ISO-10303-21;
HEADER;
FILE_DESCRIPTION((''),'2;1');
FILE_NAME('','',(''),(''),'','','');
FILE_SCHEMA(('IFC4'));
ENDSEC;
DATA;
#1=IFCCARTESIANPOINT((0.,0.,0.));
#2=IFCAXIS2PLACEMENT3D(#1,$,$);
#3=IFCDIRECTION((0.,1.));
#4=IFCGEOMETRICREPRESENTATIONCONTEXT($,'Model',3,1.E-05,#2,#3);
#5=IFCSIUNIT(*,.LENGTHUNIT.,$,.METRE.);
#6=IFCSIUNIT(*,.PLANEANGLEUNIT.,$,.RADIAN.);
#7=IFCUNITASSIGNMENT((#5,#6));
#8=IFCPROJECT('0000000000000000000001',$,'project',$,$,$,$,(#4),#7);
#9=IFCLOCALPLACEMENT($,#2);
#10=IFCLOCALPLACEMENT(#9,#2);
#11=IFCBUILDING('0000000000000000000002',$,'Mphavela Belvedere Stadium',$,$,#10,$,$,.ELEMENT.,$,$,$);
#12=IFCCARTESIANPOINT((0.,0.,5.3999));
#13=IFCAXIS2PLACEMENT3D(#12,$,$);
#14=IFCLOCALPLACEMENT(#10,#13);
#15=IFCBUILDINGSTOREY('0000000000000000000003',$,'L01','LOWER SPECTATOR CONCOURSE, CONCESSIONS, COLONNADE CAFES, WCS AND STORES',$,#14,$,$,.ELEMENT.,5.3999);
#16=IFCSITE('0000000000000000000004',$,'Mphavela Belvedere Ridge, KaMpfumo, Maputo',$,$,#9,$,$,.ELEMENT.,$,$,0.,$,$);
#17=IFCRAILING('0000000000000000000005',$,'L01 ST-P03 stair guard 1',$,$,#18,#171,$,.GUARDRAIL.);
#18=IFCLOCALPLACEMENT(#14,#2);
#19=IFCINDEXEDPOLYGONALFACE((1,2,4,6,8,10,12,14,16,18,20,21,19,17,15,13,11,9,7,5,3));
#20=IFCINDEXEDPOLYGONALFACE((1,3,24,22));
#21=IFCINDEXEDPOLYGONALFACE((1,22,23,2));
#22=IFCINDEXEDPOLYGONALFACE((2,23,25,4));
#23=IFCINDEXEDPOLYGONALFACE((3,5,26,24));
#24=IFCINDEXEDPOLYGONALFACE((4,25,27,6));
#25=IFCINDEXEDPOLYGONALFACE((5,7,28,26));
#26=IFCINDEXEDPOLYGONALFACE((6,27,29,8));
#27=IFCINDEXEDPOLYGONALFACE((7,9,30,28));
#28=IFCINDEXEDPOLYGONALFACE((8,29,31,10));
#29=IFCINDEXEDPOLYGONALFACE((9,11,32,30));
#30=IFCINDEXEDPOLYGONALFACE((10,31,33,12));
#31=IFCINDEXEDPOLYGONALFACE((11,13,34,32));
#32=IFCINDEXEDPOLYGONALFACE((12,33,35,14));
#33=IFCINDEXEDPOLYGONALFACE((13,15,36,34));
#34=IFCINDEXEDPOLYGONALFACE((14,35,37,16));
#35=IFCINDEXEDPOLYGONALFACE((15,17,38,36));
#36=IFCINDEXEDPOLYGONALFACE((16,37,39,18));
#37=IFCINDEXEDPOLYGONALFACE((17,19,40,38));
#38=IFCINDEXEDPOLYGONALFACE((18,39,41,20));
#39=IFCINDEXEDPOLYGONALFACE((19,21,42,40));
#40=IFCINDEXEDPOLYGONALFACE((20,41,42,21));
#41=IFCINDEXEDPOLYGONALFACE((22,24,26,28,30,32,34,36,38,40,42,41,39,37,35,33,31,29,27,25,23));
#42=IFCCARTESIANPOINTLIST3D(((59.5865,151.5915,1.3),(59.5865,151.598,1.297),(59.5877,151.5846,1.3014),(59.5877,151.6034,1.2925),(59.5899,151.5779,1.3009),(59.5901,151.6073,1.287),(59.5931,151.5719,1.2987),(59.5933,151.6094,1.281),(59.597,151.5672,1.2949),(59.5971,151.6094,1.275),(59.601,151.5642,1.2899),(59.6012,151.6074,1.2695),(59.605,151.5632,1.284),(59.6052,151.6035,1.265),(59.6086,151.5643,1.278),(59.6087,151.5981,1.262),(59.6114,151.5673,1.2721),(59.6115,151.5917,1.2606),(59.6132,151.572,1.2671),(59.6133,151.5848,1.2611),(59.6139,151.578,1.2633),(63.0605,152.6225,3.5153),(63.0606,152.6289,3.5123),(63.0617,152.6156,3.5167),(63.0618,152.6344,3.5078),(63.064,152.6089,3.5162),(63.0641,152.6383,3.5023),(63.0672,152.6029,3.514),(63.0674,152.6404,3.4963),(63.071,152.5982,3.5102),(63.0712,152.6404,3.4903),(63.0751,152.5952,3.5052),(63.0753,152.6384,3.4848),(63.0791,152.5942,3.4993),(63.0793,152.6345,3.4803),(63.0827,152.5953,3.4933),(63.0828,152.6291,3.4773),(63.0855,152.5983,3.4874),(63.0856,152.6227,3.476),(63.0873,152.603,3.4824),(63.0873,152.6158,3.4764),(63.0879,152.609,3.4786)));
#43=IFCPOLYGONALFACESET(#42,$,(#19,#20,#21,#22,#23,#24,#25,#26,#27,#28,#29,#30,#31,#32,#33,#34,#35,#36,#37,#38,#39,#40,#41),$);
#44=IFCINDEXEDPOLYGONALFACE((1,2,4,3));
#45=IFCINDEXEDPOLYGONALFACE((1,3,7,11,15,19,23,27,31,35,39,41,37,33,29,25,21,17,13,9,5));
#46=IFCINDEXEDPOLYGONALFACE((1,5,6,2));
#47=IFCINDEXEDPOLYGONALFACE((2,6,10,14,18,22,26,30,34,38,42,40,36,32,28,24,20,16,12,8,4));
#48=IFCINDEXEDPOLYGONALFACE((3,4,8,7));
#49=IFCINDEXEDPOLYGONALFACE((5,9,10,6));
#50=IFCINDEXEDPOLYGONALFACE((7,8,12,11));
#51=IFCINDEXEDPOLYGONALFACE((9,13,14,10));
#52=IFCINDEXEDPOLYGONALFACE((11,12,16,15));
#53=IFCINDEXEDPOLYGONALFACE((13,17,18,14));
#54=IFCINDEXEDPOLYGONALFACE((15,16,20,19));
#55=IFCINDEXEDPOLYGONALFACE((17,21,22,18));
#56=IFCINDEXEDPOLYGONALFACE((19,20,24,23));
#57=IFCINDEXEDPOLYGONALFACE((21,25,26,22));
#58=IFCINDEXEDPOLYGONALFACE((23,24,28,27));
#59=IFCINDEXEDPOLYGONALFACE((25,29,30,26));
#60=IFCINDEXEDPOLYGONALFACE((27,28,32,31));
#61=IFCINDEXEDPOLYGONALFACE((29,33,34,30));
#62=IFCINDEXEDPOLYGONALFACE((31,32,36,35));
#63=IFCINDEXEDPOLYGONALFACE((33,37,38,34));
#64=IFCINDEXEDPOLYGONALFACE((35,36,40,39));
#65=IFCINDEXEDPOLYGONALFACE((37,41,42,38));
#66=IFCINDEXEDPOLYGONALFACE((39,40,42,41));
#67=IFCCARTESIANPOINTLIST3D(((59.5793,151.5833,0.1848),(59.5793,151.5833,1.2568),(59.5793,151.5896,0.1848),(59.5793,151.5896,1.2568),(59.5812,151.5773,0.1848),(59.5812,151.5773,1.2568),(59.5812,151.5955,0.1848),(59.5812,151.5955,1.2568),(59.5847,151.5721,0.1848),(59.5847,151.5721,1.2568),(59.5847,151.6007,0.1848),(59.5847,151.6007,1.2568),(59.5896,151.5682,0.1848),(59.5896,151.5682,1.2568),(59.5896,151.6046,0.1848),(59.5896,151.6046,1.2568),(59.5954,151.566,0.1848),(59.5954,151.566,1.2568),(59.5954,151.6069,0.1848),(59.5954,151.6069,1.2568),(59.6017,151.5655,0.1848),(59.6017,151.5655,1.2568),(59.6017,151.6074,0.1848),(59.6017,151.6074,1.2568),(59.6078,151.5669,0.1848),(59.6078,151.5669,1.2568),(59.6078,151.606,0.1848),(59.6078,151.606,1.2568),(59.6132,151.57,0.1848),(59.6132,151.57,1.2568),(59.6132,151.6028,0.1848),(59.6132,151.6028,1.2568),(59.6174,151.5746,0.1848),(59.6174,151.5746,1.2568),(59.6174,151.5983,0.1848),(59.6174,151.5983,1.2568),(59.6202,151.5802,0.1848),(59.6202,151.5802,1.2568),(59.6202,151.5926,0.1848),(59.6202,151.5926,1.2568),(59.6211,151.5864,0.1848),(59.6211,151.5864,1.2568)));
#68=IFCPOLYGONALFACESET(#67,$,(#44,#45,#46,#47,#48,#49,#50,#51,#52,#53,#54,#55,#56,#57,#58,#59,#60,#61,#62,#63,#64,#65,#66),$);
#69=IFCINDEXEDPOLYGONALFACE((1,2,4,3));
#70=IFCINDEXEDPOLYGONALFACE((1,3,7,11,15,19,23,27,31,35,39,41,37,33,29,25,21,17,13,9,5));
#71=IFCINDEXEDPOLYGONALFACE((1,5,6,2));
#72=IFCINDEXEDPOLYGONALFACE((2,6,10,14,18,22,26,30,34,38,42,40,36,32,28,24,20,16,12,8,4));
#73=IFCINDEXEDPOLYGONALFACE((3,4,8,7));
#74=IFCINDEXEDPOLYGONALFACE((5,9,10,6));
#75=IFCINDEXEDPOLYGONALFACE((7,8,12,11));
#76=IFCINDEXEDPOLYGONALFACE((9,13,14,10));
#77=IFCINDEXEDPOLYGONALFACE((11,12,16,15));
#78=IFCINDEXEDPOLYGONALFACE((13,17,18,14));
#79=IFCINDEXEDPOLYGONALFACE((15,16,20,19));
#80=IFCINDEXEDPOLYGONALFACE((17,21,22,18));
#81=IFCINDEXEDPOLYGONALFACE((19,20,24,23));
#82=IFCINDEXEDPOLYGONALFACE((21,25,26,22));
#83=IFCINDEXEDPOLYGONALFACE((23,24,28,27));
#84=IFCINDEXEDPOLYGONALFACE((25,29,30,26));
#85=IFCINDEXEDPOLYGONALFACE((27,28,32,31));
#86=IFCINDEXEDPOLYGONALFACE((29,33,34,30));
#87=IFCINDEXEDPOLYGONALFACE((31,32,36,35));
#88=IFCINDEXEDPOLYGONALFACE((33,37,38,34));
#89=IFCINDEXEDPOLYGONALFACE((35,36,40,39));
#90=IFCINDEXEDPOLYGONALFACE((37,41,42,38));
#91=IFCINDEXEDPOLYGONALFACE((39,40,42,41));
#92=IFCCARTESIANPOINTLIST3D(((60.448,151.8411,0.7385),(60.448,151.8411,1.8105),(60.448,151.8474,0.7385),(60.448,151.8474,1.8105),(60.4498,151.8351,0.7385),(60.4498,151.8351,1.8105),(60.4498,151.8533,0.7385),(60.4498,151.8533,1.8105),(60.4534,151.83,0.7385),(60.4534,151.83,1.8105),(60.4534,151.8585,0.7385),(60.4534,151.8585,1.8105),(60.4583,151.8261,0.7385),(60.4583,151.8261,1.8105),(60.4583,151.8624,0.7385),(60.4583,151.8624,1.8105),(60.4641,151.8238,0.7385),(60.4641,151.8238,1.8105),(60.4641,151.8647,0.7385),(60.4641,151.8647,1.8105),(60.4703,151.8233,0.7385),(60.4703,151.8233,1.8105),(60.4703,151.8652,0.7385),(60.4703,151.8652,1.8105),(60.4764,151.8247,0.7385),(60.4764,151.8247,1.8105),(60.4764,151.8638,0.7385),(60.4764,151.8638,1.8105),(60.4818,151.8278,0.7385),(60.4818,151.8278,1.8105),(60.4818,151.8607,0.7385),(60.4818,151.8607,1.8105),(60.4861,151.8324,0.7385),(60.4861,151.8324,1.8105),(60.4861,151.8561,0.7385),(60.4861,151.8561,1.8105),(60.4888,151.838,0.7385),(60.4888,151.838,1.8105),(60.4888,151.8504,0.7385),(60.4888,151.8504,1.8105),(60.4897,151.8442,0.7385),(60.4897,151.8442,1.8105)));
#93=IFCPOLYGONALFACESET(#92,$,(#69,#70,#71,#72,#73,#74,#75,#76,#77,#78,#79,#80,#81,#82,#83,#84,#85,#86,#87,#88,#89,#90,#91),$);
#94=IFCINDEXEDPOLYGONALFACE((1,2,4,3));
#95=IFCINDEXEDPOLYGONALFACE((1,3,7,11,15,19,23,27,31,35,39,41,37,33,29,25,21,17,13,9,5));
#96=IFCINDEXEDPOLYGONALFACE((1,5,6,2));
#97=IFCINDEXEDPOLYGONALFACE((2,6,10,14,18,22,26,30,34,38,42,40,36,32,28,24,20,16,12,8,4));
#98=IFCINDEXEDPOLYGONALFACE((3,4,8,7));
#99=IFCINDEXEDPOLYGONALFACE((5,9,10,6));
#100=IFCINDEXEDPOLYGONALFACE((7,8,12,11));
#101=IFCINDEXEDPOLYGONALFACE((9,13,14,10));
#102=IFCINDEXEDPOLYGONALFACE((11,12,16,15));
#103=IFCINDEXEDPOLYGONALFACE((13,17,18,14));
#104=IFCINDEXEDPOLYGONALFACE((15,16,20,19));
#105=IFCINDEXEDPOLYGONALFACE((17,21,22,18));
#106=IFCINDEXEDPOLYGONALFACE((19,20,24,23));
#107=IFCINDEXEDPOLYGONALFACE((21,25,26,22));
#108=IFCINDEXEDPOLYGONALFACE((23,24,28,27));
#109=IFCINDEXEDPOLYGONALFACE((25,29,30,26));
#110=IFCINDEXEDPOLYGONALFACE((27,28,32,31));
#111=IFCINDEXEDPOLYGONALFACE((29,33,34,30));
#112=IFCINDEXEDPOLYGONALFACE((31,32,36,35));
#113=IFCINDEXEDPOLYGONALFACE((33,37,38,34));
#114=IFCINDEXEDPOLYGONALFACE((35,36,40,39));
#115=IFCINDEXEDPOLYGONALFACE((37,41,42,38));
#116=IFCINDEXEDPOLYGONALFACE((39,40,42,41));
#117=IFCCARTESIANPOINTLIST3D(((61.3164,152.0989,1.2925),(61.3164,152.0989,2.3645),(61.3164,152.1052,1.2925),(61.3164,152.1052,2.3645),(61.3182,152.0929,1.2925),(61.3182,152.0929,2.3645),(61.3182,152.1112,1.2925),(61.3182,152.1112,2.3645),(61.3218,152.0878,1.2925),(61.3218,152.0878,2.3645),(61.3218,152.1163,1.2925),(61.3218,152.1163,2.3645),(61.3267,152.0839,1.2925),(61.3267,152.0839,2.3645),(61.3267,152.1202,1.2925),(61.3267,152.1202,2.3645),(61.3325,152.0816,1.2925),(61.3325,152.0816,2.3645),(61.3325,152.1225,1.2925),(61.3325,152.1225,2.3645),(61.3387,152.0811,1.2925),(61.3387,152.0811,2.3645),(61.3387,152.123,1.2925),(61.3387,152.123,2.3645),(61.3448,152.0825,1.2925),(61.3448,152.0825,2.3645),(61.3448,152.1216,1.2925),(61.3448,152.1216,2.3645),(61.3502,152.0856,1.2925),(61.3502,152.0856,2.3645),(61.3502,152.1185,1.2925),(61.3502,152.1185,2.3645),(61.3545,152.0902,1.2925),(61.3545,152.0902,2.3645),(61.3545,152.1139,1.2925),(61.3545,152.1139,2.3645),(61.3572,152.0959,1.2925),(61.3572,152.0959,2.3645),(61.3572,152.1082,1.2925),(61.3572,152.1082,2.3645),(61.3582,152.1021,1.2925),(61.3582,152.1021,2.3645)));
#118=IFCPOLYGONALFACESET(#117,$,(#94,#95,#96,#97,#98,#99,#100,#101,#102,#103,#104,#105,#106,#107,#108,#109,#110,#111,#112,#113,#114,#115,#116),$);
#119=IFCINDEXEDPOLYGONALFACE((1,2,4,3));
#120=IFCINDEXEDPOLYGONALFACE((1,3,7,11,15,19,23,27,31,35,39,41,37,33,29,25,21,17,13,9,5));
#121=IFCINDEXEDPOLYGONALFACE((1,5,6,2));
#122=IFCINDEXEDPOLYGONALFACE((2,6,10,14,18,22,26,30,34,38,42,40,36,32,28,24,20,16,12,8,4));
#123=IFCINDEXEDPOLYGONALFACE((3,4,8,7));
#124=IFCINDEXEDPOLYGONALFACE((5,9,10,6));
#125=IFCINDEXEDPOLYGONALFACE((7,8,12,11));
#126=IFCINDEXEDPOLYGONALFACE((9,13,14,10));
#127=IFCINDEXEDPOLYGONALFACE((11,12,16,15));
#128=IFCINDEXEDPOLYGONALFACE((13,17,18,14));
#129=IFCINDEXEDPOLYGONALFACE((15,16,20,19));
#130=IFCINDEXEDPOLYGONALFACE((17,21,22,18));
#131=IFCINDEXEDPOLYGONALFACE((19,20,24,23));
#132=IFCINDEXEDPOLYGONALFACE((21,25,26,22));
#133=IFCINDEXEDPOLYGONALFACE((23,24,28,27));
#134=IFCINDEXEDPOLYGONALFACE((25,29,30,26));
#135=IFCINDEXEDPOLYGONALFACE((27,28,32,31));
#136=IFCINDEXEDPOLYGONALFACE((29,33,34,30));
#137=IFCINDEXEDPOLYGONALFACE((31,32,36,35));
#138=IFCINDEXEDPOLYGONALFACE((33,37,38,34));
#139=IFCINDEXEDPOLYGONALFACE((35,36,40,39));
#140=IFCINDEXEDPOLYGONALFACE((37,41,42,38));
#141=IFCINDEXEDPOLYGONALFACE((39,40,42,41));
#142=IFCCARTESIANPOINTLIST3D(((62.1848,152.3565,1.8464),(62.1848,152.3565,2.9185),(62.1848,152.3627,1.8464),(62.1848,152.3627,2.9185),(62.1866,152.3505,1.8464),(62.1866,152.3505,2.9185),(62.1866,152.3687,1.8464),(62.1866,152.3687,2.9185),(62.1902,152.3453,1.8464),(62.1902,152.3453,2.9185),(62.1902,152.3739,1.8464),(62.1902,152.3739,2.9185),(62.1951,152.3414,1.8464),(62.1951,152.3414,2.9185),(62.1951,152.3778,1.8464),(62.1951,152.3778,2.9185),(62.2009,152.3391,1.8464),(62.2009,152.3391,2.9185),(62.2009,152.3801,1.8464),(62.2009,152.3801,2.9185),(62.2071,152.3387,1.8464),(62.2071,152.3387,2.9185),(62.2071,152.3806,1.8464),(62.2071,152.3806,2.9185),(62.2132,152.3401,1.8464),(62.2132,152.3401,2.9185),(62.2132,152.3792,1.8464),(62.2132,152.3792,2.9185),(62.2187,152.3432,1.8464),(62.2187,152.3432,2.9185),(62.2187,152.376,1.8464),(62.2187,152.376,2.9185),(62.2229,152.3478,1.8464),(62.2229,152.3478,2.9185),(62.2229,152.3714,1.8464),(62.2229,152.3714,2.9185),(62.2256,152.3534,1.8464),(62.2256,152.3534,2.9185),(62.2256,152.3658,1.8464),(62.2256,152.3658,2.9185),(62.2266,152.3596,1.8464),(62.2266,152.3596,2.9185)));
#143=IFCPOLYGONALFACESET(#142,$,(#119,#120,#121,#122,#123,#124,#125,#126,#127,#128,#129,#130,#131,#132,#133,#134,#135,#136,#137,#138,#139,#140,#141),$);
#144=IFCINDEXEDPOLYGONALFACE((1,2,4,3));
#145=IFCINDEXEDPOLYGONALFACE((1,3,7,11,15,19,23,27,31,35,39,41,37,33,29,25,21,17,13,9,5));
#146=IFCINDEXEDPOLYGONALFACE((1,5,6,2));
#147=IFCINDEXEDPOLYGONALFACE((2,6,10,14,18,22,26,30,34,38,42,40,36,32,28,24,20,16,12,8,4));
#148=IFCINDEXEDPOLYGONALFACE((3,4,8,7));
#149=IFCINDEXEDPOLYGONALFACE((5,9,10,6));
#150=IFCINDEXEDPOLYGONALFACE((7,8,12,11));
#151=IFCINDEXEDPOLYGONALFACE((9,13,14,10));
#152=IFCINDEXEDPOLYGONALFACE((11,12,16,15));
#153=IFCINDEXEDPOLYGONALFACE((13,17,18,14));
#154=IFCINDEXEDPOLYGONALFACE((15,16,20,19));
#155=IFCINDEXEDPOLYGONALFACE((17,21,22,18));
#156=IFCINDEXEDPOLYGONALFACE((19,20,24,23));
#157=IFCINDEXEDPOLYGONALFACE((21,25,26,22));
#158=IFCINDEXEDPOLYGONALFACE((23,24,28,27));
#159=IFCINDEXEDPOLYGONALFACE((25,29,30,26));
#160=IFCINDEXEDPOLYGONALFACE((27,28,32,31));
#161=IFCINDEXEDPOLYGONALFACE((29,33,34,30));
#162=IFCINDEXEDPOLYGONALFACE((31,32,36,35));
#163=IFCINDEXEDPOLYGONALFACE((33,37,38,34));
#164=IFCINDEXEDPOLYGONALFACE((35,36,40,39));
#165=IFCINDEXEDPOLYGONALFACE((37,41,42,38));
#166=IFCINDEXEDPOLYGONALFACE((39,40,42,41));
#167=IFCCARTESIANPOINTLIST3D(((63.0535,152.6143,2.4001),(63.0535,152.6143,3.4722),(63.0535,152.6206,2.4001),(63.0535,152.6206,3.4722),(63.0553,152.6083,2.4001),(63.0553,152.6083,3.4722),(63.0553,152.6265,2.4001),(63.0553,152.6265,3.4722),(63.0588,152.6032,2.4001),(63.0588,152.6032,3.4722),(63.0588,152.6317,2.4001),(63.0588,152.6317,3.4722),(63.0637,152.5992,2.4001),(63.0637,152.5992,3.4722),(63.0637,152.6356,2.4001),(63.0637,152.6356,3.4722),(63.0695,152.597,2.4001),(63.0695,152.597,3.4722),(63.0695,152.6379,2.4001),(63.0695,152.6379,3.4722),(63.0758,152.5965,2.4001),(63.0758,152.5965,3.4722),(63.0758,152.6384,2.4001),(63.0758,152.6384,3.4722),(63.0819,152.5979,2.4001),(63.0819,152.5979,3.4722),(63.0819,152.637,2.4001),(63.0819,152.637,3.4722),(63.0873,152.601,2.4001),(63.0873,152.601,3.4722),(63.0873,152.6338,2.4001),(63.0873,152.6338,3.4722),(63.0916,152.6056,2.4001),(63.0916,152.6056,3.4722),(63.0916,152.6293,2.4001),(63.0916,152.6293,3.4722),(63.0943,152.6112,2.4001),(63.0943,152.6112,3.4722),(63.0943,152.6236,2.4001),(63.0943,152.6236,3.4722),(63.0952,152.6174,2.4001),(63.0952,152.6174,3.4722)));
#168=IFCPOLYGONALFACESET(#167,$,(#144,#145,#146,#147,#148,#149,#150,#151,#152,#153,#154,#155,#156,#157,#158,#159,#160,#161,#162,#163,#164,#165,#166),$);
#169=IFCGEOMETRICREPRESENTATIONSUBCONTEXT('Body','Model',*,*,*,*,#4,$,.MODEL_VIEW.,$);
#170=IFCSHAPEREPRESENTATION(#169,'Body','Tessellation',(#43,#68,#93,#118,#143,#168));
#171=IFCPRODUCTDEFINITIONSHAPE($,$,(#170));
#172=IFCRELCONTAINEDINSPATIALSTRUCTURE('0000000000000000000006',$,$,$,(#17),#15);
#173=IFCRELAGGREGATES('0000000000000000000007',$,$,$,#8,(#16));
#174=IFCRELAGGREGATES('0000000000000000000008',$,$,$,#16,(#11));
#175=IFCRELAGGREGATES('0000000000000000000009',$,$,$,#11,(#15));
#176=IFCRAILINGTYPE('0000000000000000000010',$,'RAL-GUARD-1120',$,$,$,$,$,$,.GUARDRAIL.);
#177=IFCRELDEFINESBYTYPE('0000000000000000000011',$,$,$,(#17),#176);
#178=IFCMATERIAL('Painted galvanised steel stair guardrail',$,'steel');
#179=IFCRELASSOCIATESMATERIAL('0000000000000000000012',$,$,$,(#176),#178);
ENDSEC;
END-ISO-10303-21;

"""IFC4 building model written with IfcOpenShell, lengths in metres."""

from ifc_helpers import new_model, si_unit, direction, frame, origin, origin_2d, place, context, subcontext, project, spatial, circle, extrude, material, type_object, element, save


model = new_model("IFC4")

# Units and contexts
model_context = context("Model", 3, precision=1e-05, world=origin(), true_north=direction((0.0, 1.0)))
body_context = subcontext(model_context, "Body", "Model", "MODEL_VIEW")
ifc_project = project(units=[si_unit("LENGTHUNIT", "METRE"), si_unit("PLANEANGLEUNIT", "RADIAN")], contexts=[model_context])

# Site, building, storey
site_placement = place(None, origin())
site = spatial("IfcSite", under=ifc_project, at=site_placement, Name="Mphavela Belvedere Ridge, KaMpfumo, Maputo", CompositionType="ELEMENT", RefElevation=0.0)
building_placement = place(site_placement, origin())
building = spatial("IfcBuilding", under=site, at=building_placement, Name="Mphavela Belvedere Stadium", CompositionType="ELEMENT")
storey_placement = place(building_placement, frame((0.0, 0.0, 5.3999)))
storey = spatial("IfcBuildingStorey", under=building, at=storey_placement, Name="L01", Description="LOWER SPECTATOR CONCOURSE, CONCESSIONS, COLONNADE CAFES, WCS AND STORES", CompositionType="ELEMENT", Elevation=5.3999)

# Railing
ifc_material_1 = material(Name="Painted galvanised steel stair guardrail", Category="steel")
railing_type = type_object("IfcRailingType", Name="RAL-GUARD-1120", PredefinedType="GUARDRAIL", material=ifc_material_1)
railing_1_placement = place(storey_placement, frame((59.6001, 151.5864, 0.1848)))
element("IfcRailing", 1, at=railing_1_placement, inside=storey, type_object=railing_type, Name="L01 ST-P03 stair guard 1", PredefinedType="GUARDRAIL", context=body_context, shape_type="SweptSolid", body=[
    extrude(circle(Radius=0.0239, at=origin_2d()), frame((0.0, 0.0, 1.0962), z_axis=(0.817946, 0.24274, 0.521577), x_axis=(-0.284503, 0.958675, 0.0)), (0.0, 0.0, 1.0), 4.2473),
    extrude(circle(Radius=0.021, at=origin_2d()), origin(), (0.0, 0.0, 1.0), 1.072),
    extrude(circle(Radius=0.021, at=origin_2d()), frame((0.8687, 0.2578, 0.5537)), (0.0, 0.0, 1.0), 1.072),
    extrude(circle(Radius=0.021, at=origin_2d()), frame((1.7371, 0.5156, 1.1077)), (0.0, 0.0, 1.0), 1.072),
    extrude(circle(Radius=0.021, at=origin_2d()), frame((2.6055, 0.7732, 1.6616)), (0.0, 0.0, 1.0), 1.072),
    extrude(circle(Radius=0.021, at=origin_2d()), frame((3.4741, 1.031, 2.2153)), (0.0, 0.0, 1.0), 1.072),
])

save(model, "model.ifc")
